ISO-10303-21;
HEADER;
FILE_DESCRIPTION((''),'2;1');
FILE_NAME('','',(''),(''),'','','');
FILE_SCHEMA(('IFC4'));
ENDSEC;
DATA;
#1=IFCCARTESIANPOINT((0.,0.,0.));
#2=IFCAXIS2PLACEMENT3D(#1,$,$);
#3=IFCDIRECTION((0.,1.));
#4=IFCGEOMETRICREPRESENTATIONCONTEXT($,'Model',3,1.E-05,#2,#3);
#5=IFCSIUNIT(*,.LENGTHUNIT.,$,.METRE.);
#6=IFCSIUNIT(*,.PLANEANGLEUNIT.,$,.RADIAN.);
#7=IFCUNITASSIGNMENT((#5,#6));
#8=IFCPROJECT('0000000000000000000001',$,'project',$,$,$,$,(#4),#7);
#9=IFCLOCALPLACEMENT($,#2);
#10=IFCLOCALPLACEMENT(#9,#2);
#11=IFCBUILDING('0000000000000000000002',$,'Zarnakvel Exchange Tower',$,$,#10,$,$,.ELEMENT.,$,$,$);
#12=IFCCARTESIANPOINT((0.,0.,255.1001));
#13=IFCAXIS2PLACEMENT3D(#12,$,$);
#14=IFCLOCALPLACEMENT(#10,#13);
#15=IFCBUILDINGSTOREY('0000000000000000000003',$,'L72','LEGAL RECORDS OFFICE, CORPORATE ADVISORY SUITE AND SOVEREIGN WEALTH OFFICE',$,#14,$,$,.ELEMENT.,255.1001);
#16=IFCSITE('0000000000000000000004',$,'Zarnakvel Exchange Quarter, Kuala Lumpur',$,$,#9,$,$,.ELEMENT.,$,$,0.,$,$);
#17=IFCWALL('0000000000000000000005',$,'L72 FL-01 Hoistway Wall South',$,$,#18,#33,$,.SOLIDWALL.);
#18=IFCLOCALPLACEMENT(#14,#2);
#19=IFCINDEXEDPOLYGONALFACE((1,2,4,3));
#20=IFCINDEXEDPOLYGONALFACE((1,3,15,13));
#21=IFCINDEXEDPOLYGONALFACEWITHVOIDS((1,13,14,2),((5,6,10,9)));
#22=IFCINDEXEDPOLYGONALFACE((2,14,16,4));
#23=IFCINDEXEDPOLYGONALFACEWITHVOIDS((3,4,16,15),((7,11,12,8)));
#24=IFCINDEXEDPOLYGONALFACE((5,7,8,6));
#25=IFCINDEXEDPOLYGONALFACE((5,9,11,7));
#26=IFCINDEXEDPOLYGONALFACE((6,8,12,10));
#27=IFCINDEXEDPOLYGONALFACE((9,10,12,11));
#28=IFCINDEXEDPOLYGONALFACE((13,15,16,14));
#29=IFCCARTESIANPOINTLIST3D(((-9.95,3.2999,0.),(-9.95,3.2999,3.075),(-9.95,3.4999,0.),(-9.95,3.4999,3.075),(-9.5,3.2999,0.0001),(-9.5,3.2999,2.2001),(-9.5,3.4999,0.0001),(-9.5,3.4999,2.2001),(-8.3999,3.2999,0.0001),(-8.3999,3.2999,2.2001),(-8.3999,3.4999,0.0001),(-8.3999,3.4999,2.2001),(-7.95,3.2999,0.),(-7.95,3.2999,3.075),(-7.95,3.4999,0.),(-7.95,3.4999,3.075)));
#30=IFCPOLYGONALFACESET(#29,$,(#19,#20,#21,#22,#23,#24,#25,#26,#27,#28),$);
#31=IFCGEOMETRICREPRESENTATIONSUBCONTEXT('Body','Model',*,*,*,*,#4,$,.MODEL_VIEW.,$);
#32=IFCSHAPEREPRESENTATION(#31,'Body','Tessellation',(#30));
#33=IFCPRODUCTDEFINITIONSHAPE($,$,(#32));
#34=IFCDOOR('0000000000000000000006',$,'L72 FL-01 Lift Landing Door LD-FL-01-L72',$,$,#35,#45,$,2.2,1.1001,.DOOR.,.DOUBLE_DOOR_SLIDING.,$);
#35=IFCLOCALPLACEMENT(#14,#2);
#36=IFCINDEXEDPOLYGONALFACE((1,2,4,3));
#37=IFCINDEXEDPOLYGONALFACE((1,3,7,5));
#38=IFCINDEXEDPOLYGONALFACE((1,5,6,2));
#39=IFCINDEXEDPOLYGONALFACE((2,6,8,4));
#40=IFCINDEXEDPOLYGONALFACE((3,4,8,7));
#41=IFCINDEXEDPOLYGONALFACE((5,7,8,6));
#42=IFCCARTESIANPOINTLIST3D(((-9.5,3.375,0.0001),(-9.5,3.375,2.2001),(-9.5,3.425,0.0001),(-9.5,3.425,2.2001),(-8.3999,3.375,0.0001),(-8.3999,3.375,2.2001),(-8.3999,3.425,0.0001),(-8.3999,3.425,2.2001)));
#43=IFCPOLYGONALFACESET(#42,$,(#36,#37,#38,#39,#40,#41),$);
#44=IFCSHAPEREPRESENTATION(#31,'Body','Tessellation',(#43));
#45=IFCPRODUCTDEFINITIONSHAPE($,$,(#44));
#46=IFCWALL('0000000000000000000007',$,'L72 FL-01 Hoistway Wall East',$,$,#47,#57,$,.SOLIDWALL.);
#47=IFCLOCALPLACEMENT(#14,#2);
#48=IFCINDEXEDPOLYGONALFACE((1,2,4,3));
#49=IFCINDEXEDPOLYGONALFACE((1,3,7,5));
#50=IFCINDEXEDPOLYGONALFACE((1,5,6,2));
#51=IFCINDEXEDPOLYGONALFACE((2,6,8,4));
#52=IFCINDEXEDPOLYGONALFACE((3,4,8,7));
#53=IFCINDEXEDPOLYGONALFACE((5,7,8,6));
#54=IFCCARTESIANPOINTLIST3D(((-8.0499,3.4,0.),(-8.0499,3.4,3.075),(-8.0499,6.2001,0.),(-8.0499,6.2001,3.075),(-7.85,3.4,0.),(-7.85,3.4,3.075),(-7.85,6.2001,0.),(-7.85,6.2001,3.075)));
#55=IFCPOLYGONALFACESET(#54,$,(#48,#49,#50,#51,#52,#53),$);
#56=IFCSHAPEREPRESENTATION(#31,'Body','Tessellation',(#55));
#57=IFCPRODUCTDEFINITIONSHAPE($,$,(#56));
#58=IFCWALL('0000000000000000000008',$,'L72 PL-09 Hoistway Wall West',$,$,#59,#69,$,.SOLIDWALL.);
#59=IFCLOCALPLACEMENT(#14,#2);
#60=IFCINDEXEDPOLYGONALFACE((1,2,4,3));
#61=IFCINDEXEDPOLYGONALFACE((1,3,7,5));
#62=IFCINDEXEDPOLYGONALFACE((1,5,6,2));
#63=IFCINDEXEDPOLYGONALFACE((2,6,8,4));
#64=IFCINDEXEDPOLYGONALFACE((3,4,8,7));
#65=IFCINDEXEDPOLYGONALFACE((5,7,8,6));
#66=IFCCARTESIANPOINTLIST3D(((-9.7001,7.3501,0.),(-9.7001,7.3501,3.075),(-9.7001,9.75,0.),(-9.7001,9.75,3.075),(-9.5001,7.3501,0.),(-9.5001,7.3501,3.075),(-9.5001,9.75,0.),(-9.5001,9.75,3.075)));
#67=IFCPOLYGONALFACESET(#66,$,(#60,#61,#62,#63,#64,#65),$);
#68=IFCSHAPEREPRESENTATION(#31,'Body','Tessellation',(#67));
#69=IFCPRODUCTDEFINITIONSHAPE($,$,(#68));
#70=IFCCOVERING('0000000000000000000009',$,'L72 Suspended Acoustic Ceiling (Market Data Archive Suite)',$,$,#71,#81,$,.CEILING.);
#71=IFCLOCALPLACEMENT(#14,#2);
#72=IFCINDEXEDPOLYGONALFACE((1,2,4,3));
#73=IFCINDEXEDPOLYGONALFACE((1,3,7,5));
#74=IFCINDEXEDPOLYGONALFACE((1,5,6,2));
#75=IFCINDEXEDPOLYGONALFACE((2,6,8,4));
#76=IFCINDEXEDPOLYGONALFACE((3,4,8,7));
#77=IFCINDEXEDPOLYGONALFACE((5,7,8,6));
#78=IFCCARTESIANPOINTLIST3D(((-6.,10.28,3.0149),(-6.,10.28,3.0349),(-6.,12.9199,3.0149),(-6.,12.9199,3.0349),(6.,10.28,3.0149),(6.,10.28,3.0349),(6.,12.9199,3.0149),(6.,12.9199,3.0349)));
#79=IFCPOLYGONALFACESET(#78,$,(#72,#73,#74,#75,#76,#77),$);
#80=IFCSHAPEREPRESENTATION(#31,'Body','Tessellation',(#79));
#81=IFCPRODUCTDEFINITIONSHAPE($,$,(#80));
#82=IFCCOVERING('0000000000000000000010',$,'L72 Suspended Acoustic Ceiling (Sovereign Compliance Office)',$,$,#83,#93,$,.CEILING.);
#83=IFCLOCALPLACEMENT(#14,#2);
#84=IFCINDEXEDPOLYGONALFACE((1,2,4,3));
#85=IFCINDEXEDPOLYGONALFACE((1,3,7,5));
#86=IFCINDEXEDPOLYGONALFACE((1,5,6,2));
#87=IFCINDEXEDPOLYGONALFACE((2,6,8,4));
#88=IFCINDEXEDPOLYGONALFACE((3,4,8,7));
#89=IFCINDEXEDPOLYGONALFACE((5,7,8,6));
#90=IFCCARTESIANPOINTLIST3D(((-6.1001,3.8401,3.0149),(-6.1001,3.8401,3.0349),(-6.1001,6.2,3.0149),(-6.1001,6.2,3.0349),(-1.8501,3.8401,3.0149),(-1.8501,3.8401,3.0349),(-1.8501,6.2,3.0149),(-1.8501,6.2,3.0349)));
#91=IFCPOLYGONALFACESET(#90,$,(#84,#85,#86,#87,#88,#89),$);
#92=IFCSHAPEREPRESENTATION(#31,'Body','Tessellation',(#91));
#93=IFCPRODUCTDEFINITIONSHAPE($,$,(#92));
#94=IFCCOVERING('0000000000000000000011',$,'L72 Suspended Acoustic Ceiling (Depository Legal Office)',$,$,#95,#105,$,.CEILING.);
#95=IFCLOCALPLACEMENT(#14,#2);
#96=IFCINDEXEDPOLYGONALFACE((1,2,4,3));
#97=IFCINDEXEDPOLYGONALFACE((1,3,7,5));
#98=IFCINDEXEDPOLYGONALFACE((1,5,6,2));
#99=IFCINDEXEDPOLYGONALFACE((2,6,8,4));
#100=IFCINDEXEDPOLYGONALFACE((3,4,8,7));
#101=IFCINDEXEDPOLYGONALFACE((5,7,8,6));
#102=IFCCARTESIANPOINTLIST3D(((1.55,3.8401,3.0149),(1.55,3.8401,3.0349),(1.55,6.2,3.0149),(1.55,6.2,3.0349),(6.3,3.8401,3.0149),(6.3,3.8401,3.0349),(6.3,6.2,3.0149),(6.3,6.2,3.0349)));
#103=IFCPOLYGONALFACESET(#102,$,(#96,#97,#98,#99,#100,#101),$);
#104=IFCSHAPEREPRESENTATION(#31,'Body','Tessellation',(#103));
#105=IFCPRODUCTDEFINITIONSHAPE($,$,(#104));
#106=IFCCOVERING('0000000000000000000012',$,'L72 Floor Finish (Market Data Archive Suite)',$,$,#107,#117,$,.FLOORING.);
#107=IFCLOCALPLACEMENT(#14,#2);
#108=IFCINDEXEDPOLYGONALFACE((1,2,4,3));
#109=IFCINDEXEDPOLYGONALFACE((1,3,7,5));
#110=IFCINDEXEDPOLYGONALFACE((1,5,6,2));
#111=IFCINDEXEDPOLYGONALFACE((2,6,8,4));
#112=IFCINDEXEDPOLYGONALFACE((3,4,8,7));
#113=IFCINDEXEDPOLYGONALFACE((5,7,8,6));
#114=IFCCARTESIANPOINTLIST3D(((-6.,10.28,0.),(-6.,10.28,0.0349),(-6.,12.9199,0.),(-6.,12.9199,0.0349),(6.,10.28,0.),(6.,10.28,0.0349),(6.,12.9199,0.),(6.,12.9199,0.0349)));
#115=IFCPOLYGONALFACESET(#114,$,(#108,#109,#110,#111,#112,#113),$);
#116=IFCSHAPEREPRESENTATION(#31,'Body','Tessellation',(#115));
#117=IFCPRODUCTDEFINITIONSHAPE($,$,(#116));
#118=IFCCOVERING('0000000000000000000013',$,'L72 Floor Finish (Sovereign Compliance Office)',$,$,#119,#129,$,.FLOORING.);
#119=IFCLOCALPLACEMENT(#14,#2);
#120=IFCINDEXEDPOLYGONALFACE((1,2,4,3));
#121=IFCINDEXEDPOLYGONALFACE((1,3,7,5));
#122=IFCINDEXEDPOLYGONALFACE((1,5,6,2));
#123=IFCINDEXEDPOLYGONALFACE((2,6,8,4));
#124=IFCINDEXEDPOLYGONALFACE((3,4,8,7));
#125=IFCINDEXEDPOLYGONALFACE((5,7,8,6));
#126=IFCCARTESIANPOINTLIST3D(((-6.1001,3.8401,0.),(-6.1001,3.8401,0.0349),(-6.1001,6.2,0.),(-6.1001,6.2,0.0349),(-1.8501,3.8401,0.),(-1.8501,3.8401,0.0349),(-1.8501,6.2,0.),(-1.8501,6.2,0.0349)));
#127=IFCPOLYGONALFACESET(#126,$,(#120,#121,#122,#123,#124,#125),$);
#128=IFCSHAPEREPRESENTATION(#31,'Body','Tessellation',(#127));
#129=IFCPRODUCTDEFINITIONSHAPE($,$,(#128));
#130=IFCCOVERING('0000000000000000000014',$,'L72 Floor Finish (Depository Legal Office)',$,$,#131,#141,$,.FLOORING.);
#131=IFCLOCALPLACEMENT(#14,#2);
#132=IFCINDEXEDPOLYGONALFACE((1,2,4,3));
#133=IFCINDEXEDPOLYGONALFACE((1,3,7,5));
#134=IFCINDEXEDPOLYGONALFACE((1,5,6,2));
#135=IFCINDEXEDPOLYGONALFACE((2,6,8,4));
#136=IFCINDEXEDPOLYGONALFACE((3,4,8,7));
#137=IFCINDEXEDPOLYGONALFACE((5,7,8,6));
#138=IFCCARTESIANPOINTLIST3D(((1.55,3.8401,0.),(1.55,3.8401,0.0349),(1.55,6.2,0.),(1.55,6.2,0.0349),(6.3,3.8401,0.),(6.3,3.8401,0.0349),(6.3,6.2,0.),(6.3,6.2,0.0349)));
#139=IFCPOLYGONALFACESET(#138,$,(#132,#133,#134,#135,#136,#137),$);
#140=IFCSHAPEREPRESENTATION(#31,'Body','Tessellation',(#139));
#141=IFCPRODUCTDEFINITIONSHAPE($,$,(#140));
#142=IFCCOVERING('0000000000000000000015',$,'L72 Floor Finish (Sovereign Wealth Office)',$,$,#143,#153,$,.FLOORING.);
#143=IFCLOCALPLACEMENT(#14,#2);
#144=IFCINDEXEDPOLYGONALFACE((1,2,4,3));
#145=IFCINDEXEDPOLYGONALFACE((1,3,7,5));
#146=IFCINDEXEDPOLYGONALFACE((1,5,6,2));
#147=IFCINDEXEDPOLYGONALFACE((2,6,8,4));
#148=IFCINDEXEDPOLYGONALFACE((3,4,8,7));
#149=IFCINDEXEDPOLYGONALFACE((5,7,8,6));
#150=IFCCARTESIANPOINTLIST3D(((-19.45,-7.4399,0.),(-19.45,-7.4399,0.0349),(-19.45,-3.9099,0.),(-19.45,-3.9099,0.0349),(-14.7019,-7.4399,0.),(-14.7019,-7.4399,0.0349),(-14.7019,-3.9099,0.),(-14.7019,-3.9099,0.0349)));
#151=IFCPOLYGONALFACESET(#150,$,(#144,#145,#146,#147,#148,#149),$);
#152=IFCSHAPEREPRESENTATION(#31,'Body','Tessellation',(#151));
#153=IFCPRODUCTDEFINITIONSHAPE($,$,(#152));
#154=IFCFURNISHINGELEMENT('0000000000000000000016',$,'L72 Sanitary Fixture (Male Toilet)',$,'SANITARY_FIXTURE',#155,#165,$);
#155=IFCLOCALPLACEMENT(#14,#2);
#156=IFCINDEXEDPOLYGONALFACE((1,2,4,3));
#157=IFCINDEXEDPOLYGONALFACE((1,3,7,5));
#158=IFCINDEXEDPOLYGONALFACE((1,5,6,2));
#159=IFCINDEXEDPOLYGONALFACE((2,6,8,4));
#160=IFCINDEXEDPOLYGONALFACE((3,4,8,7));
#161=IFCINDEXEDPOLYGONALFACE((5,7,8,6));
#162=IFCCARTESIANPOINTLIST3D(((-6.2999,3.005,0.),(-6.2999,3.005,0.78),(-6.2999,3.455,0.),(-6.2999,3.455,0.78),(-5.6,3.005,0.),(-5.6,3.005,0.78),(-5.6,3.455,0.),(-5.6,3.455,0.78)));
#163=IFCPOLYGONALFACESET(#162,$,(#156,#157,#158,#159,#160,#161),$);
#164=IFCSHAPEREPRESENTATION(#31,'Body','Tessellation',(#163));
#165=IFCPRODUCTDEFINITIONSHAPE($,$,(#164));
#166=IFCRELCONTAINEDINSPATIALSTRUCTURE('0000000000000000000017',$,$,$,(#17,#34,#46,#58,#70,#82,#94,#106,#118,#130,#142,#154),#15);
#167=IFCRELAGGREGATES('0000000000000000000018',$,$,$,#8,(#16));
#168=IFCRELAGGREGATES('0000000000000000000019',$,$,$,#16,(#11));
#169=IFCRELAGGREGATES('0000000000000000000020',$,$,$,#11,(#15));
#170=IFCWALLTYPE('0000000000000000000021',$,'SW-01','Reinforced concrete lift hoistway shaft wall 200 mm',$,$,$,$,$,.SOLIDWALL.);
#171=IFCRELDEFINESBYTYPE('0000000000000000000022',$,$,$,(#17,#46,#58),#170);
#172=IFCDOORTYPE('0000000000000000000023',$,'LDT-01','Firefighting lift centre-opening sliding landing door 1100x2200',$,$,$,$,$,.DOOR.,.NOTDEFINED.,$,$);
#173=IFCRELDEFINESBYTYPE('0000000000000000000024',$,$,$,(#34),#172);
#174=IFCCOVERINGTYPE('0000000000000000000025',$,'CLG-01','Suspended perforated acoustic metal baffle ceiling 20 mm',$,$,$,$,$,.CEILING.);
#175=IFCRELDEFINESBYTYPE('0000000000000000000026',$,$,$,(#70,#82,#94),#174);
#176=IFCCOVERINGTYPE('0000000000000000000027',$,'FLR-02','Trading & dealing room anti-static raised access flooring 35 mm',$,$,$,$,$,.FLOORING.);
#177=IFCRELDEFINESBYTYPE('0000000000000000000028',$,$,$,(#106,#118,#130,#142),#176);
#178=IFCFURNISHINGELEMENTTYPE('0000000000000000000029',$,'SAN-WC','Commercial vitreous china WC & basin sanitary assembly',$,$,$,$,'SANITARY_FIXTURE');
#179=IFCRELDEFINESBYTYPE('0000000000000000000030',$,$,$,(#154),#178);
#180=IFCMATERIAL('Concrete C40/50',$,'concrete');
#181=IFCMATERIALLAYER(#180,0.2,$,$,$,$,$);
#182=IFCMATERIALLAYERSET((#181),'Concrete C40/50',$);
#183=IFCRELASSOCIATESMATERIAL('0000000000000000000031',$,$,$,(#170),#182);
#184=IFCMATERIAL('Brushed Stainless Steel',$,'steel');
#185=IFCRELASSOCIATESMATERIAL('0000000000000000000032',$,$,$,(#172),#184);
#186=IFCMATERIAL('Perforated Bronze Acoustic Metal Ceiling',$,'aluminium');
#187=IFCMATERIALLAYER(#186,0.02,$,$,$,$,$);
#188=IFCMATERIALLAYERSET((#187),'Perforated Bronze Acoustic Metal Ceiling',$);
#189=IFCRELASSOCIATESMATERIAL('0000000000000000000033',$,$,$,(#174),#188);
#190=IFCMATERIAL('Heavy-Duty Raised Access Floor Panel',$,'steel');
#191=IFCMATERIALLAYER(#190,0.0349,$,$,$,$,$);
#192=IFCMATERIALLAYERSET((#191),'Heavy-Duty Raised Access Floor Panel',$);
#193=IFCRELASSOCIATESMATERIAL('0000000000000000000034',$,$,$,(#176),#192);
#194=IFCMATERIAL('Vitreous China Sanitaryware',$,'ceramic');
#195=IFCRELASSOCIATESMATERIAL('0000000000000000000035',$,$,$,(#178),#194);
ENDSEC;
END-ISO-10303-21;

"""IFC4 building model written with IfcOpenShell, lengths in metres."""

from ifc_helpers import new_model, si_unit, direction, frame, frame_2d, origin, origin_2d, place, context, subcontext, project, spatial, polyline, rectangle, outline, extrude, source, transform, mapped, material, layer, layer_set, type_object, element, fill, save


model = new_model("IFC4")

# Units and contexts
model_context = context("Model", 3, precision=1e-05, world=origin(), true_north=direction((0.0, 1.0)))
body_context = subcontext(model_context, "Body", "Model", "MODEL_VIEW")
ifc_project = project(units=[si_unit("LENGTHUNIT", "METRE"), si_unit("PLANEANGLEUNIT", "RADIAN")], contexts=[model_context])

# Site, building, storey
site_placement = place(None, origin())
site = spatial("IfcSite", under=ifc_project, at=site_placement, Name="Zarnakvel Exchange Quarter, Kuala Lumpur", CompositionType="ELEMENT", RefElevation=0.0)
building_placement = place(site_placement, origin())
building = spatial("IfcBuilding", under=site, at=building_placement, Name="Zarnakvel Exchange Tower", CompositionType="ELEMENT")
storey_placement = place(building_placement, frame((0.0, 0.0, 255.1001)))
storey = spatial("IfcBuildingStorey", under=building, at=storey_placement, Name="L72", Description="LEGAL RECORDS OFFICE, CORPORATE ADVISORY SUITE AND SOVEREIGN WEALTH OFFICE", CompositionType="ELEMENT", Elevation=255.1001)

# Shared definitions
ifc_material_1 = material(Name="Concrete C40/50", Category="concrete")

# Wall, opening, door
ifc_layer_1 = layer(ifc_material_1, 0.2)
ifc_layer_set_1 = layer_set([ifc_layer_1], Name="Concrete C40/50")
wall_type_1 = type_object("IfcWallType", Name="SW-01", Description="Reinforced concrete lift hoistway shaft wall 200 mm", PredefinedType="SOLIDWALL", material=ifc_layer_set_1)
wall_1_placement = place(storey_placement, frame((-7.95, 3.3999, 0.0), z_axis=(0.0, 0.0, 1.0), x_axis=(-1.0, 0.0, 0.0)))
wall_1 = element("IfcWall", 1, at=wall_1_placement, inside=storey, type_object=wall_type_1, Name="L72 FL-01 Hoistway Wall South", PredefinedType="SOLIDWALL", context=body_context, shape_type="SweptSolid", body=[
    extrude(rectangle(XDim=2.0, YDim=0.2, at=frame_2d((1.0, 0.0))), origin(), (0.0, 0.0, 1.0), 3.075),
])
opening_1_placement = place(wall_1_placement, frame((0.45, 0.0, 0.0)))
opening_1 = element("IfcOpeningElement", 2, at=opening_1_placement, cuts=wall_1, PredefinedType="OPENING", context=body_context, shape_type="SweptSolid", body=[
    extrude(rectangle(XDim=1.1001, YDim=2.2, at=frame_2d((0.55, 1.1001))), frame((0.0, 0.1099, 0.0), z_axis=(0.0, -1.0, 0.0), x_axis=(1.0, 0.0, 0.0)), (0.0, 0.0, 1.0), 0.22),
])
ifc_material_2 = material(Name="Brushed Stainless Steel", Category="steel")
door_type_1 = type_object("IfcDoorType", Name="LDT-01", Description="Firefighting lift centre-opening sliding landing door 1100x2200", OperationType="NOTDEFINED", PredefinedType="DOOR", material=ifc_material_2)
shared_shape_1 = source(origin(), body_context, "Body", "SweptSolid", [
    extrude(rectangle(XDim=1.1001, YDim=2.2, at=frame_2d((0.55, 1.1001))), frame((0.0, 0.0249, 0.0), z_axis=(0.0, -1.0, 0.0), x_axis=(1.0, 0.0, 0.0)), (0.0, 0.0, 1.0), 0.05),
])
door_1_placement = place(opening_1_placement, origin())
door_1 = element("IfcDoor", 3, at=door_1_placement, inside=storey, type_object=door_type_1, Name="L72 FL-01 Lift Landing Door LD-FL-01-L72", OperationType="DOUBLE_DOOR_SLIDING", OverallHeight=2.2, OverallWidth=1.1001, PredefinedType="DOOR", context=body_context, shape_type="MappedRepresentation", body=[
    mapped(shared_shape_1, transform((0.0, 0.0, 0.0), x_axis=(1.0, 0.0, 0.0), y_axis=(0.0, 1.0, 0.0), z_axis=(0.0, 0.0, 1.0), scale=1.0)),
])
fill(opening_1, door_1)

# Walls
wall_2_placement = place(storey_placement, frame((-7.95, 6.2, 0.0), z_axis=(0.0, 0.0, 1.0), x_axis=(0.0, -1.0, 0.0)))
element("IfcWall", 4, at=wall_2_placement, inside=storey, type_object=wall_type_1, Name="L72 FL-01 Hoistway Wall East", PredefinedType="SOLIDWALL", context=body_context, shape_type="SweptSolid", body=[
    extrude(rectangle(XDim=2.8, YDim=0.2, at=frame_2d((1.3999, 0.0))), origin(), (0.0, 0.0, 1.0), 3.075),
])
wall_3_placement = place(storey_placement, frame((-9.6001, 7.3501, 0.0), z_axis=(0.0, 0.0, 1.0), x_axis=(0.0, 1.0, 0.0)))
element("IfcWall", 5, at=wall_3_placement, inside=storey, type_object=wall_type_1, Name="L72 PL-09 Hoistway Wall West", PredefinedType="SOLIDWALL", context=body_context, shape_type="SweptSolid", body=[
    extrude(rectangle(XDim=2.3999, YDim=0.2, at=frame_2d((1.2, 0.0))), origin(), (0.0, 0.0, 1.0), 3.075),
])

# Coverings
ifc_material_3 = material(Name="Perforated Bronze Acoustic Metal Ceiling", Category="aluminium")
ifc_layer_2 = layer(ifc_material_3, 0.02)
ifc_layer_set_2 = layer_set([ifc_layer_2], Name="Perforated Bronze Acoustic Metal Ceiling")
covering_type_1 = type_object("IfcCoveringType", Name="CLG-01", Description="Suspended perforated acoustic metal baffle ceiling 20 mm", PredefinedType="CEILING", material=ifc_layer_set_2)
covering_1_placement = place(storey_placement, frame((0.0, 0.0, 3.0149)))
element("IfcCovering", 6, at=covering_1_placement, inside=storey, type_object=covering_type_1, Name="L72 Suspended Acoustic Ceiling (Market Data Archive Suite)", PredefinedType="CEILING", context=body_context, shape_type="SweptSolid", body=[
    extrude(outline(polyline([(-6.0, 12.9199), (6.0, 12.9199), (6.0, 10.28), (-6.0, 10.28), (-6.0, 12.9199)])), origin(), (0.0, 0.0, 1.0), 0.02),
])
covering_2_placement = place(storey_placement, frame((0.0, 0.0, 3.0149)))
element("IfcCovering", 7, at=covering_2_placement, inside=storey, type_object=covering_type_1, Name="L72 Suspended Acoustic Ceiling (Sovereign Compliance Office)", PredefinedType="CEILING", context=body_context, shape_type="SweptSolid", body=[
    extrude(outline(polyline([(-6.1001, 6.2), (-1.8501, 6.2), (-1.8501, 3.8401), (-6.1001, 3.8401), (-6.1001, 6.2)])), origin(), (0.0, 0.0, 1.0), 0.02),
])
covering_3_placement = place(storey_placement, frame((0.0, 0.0, 3.0149)))
element("IfcCovering", 8, at=covering_3_placement, inside=storey, type_object=covering_type_1, Name="L72 Suspended Acoustic Ceiling (Depository Legal Office)", PredefinedType="CEILING", context=body_context, shape_type="SweptSolid", body=[
    extrude(outline(polyline([(1.55, 6.2), (6.3, 6.2), (6.3, 3.8401), (1.55, 3.8401), (1.55, 6.2)])), origin(), (0.0, 0.0, 1.0), 0.02),
])
ifc_material_4 = material(Name="Heavy-Duty Raised Access Floor Panel", Category="steel")
ifc_layer_3 = layer(ifc_material_4, 0.0349)
ifc_layer_set_3 = layer_set([ifc_layer_3], Name="Heavy-Duty Raised Access Floor Panel")
covering_type_2 = type_object("IfcCoveringType", Name="FLR-02", Description="Trading & dealing room anti-static raised access flooring 35 mm", PredefinedType="FLOORING", material=ifc_layer_set_3)
covering_4_placement = place(storey_placement, origin())
element("IfcCovering", 9, at=covering_4_placement, inside=storey, type_object=covering_type_2, Name="L72 Floor Finish (Market Data Archive Suite)", PredefinedType="FLOORING", context=body_context, shape_type="SweptSolid", body=[
    extrude(outline(polyline([(-6.0, 12.9199), (6.0, 12.9199), (6.0, 10.28), (-6.0, 10.28), (-6.0, 12.9199)])), origin(), (0.0, 0.0, 1.0), 0.0349),
])
covering_5_placement = place(storey_placement, origin())
element("IfcCovering", 10, at=covering_5_placement, inside=storey, type_object=covering_type_2, Name="L72 Floor Finish (Sovereign Compliance Office)", PredefinedType="FLOORING", context=body_context, shape_type="SweptSolid", body=[
    extrude(outline(polyline([(-6.1001, 6.2), (-1.8501, 6.2), (-1.8501, 3.8401), (-6.1001, 3.8401), (-6.1001, 6.2)])), origin(), (0.0, 0.0, 1.0), 0.0349),
])
covering_6_placement = place(storey_placement, origin())
element("IfcCovering", 11, at=covering_6_placement, inside=storey, type_object=covering_type_2, Name="L72 Floor Finish (Depository Legal Office)", PredefinedType="FLOORING", context=body_context, shape_type="SweptSolid", body=[
    extrude(outline(polyline([(1.55, 6.2), (6.3, 6.2), (6.3, 3.8401), (1.55, 3.8401), (1.55, 6.2)])), origin(), (0.0, 0.0, 1.0), 0.0349),
])
covering_7_placement = place(storey_placement, origin())
element("IfcCovering", 12, at=covering_7_placement, inside=storey, type_object=covering_type_2, Name="L72 Floor Finish (Sovereign Wealth Office)", PredefinedType="FLOORING", context=body_context, shape_type="SweptSolid", body=[
    extrude(outline(polyline([(-19.45, -3.9099), (-14.7019, -3.9099), (-14.7019, -7.4399), (-19.45, -7.4399), (-19.45, -3.9099)])), origin(), (0.0, 0.0, 1.0), 0.0349),
])

# Furnishing element
ifc_material_5 = material(Name="Vitreous China Sanitaryware", Category="ceramic")
furnishing_element_type = type_object("IfcFurnishingElementType", Name="SAN-WC", Description="Commercial vitreous china WC & basin sanitary assembly", ElementType="SANITARY_FIXTURE", material=ifc_material_5)
shared_shape_2 = source(origin(), body_context, "Body", "SweptSolid", [
    extrude(rectangle(XDim=0.7, YDim=0.45, at=origin_2d()), origin(), (0.0, 0.0, 1.0), 0.78),
])
furnishing_placement = place(storey_placement, frame((-5.95, 3.23, 0.0), z_axis=(0.0, 0.0, 1.0), x_axis=(1.0, 0.0, 0.0)))
element("IfcFurnishingElement", 13, at=furnishing_placement, inside=storey, type_object=furnishing_element_type, Name="L72 Sanitary Fixture (Male Toilet)", ObjectType="SANITARY_FIXTURE", context=body_context, shape_type="MappedRepresentation", body=[
    mapped(shared_shape_2, transform((0.0, 0.0, 0.0), x_axis=(1.0, 0.0, 0.0), y_axis=(0.0, 1.0, 0.0), z_axis=(0.0, 0.0, 1.0), scale=1.0)),
])

save(model, "model.ifc")
